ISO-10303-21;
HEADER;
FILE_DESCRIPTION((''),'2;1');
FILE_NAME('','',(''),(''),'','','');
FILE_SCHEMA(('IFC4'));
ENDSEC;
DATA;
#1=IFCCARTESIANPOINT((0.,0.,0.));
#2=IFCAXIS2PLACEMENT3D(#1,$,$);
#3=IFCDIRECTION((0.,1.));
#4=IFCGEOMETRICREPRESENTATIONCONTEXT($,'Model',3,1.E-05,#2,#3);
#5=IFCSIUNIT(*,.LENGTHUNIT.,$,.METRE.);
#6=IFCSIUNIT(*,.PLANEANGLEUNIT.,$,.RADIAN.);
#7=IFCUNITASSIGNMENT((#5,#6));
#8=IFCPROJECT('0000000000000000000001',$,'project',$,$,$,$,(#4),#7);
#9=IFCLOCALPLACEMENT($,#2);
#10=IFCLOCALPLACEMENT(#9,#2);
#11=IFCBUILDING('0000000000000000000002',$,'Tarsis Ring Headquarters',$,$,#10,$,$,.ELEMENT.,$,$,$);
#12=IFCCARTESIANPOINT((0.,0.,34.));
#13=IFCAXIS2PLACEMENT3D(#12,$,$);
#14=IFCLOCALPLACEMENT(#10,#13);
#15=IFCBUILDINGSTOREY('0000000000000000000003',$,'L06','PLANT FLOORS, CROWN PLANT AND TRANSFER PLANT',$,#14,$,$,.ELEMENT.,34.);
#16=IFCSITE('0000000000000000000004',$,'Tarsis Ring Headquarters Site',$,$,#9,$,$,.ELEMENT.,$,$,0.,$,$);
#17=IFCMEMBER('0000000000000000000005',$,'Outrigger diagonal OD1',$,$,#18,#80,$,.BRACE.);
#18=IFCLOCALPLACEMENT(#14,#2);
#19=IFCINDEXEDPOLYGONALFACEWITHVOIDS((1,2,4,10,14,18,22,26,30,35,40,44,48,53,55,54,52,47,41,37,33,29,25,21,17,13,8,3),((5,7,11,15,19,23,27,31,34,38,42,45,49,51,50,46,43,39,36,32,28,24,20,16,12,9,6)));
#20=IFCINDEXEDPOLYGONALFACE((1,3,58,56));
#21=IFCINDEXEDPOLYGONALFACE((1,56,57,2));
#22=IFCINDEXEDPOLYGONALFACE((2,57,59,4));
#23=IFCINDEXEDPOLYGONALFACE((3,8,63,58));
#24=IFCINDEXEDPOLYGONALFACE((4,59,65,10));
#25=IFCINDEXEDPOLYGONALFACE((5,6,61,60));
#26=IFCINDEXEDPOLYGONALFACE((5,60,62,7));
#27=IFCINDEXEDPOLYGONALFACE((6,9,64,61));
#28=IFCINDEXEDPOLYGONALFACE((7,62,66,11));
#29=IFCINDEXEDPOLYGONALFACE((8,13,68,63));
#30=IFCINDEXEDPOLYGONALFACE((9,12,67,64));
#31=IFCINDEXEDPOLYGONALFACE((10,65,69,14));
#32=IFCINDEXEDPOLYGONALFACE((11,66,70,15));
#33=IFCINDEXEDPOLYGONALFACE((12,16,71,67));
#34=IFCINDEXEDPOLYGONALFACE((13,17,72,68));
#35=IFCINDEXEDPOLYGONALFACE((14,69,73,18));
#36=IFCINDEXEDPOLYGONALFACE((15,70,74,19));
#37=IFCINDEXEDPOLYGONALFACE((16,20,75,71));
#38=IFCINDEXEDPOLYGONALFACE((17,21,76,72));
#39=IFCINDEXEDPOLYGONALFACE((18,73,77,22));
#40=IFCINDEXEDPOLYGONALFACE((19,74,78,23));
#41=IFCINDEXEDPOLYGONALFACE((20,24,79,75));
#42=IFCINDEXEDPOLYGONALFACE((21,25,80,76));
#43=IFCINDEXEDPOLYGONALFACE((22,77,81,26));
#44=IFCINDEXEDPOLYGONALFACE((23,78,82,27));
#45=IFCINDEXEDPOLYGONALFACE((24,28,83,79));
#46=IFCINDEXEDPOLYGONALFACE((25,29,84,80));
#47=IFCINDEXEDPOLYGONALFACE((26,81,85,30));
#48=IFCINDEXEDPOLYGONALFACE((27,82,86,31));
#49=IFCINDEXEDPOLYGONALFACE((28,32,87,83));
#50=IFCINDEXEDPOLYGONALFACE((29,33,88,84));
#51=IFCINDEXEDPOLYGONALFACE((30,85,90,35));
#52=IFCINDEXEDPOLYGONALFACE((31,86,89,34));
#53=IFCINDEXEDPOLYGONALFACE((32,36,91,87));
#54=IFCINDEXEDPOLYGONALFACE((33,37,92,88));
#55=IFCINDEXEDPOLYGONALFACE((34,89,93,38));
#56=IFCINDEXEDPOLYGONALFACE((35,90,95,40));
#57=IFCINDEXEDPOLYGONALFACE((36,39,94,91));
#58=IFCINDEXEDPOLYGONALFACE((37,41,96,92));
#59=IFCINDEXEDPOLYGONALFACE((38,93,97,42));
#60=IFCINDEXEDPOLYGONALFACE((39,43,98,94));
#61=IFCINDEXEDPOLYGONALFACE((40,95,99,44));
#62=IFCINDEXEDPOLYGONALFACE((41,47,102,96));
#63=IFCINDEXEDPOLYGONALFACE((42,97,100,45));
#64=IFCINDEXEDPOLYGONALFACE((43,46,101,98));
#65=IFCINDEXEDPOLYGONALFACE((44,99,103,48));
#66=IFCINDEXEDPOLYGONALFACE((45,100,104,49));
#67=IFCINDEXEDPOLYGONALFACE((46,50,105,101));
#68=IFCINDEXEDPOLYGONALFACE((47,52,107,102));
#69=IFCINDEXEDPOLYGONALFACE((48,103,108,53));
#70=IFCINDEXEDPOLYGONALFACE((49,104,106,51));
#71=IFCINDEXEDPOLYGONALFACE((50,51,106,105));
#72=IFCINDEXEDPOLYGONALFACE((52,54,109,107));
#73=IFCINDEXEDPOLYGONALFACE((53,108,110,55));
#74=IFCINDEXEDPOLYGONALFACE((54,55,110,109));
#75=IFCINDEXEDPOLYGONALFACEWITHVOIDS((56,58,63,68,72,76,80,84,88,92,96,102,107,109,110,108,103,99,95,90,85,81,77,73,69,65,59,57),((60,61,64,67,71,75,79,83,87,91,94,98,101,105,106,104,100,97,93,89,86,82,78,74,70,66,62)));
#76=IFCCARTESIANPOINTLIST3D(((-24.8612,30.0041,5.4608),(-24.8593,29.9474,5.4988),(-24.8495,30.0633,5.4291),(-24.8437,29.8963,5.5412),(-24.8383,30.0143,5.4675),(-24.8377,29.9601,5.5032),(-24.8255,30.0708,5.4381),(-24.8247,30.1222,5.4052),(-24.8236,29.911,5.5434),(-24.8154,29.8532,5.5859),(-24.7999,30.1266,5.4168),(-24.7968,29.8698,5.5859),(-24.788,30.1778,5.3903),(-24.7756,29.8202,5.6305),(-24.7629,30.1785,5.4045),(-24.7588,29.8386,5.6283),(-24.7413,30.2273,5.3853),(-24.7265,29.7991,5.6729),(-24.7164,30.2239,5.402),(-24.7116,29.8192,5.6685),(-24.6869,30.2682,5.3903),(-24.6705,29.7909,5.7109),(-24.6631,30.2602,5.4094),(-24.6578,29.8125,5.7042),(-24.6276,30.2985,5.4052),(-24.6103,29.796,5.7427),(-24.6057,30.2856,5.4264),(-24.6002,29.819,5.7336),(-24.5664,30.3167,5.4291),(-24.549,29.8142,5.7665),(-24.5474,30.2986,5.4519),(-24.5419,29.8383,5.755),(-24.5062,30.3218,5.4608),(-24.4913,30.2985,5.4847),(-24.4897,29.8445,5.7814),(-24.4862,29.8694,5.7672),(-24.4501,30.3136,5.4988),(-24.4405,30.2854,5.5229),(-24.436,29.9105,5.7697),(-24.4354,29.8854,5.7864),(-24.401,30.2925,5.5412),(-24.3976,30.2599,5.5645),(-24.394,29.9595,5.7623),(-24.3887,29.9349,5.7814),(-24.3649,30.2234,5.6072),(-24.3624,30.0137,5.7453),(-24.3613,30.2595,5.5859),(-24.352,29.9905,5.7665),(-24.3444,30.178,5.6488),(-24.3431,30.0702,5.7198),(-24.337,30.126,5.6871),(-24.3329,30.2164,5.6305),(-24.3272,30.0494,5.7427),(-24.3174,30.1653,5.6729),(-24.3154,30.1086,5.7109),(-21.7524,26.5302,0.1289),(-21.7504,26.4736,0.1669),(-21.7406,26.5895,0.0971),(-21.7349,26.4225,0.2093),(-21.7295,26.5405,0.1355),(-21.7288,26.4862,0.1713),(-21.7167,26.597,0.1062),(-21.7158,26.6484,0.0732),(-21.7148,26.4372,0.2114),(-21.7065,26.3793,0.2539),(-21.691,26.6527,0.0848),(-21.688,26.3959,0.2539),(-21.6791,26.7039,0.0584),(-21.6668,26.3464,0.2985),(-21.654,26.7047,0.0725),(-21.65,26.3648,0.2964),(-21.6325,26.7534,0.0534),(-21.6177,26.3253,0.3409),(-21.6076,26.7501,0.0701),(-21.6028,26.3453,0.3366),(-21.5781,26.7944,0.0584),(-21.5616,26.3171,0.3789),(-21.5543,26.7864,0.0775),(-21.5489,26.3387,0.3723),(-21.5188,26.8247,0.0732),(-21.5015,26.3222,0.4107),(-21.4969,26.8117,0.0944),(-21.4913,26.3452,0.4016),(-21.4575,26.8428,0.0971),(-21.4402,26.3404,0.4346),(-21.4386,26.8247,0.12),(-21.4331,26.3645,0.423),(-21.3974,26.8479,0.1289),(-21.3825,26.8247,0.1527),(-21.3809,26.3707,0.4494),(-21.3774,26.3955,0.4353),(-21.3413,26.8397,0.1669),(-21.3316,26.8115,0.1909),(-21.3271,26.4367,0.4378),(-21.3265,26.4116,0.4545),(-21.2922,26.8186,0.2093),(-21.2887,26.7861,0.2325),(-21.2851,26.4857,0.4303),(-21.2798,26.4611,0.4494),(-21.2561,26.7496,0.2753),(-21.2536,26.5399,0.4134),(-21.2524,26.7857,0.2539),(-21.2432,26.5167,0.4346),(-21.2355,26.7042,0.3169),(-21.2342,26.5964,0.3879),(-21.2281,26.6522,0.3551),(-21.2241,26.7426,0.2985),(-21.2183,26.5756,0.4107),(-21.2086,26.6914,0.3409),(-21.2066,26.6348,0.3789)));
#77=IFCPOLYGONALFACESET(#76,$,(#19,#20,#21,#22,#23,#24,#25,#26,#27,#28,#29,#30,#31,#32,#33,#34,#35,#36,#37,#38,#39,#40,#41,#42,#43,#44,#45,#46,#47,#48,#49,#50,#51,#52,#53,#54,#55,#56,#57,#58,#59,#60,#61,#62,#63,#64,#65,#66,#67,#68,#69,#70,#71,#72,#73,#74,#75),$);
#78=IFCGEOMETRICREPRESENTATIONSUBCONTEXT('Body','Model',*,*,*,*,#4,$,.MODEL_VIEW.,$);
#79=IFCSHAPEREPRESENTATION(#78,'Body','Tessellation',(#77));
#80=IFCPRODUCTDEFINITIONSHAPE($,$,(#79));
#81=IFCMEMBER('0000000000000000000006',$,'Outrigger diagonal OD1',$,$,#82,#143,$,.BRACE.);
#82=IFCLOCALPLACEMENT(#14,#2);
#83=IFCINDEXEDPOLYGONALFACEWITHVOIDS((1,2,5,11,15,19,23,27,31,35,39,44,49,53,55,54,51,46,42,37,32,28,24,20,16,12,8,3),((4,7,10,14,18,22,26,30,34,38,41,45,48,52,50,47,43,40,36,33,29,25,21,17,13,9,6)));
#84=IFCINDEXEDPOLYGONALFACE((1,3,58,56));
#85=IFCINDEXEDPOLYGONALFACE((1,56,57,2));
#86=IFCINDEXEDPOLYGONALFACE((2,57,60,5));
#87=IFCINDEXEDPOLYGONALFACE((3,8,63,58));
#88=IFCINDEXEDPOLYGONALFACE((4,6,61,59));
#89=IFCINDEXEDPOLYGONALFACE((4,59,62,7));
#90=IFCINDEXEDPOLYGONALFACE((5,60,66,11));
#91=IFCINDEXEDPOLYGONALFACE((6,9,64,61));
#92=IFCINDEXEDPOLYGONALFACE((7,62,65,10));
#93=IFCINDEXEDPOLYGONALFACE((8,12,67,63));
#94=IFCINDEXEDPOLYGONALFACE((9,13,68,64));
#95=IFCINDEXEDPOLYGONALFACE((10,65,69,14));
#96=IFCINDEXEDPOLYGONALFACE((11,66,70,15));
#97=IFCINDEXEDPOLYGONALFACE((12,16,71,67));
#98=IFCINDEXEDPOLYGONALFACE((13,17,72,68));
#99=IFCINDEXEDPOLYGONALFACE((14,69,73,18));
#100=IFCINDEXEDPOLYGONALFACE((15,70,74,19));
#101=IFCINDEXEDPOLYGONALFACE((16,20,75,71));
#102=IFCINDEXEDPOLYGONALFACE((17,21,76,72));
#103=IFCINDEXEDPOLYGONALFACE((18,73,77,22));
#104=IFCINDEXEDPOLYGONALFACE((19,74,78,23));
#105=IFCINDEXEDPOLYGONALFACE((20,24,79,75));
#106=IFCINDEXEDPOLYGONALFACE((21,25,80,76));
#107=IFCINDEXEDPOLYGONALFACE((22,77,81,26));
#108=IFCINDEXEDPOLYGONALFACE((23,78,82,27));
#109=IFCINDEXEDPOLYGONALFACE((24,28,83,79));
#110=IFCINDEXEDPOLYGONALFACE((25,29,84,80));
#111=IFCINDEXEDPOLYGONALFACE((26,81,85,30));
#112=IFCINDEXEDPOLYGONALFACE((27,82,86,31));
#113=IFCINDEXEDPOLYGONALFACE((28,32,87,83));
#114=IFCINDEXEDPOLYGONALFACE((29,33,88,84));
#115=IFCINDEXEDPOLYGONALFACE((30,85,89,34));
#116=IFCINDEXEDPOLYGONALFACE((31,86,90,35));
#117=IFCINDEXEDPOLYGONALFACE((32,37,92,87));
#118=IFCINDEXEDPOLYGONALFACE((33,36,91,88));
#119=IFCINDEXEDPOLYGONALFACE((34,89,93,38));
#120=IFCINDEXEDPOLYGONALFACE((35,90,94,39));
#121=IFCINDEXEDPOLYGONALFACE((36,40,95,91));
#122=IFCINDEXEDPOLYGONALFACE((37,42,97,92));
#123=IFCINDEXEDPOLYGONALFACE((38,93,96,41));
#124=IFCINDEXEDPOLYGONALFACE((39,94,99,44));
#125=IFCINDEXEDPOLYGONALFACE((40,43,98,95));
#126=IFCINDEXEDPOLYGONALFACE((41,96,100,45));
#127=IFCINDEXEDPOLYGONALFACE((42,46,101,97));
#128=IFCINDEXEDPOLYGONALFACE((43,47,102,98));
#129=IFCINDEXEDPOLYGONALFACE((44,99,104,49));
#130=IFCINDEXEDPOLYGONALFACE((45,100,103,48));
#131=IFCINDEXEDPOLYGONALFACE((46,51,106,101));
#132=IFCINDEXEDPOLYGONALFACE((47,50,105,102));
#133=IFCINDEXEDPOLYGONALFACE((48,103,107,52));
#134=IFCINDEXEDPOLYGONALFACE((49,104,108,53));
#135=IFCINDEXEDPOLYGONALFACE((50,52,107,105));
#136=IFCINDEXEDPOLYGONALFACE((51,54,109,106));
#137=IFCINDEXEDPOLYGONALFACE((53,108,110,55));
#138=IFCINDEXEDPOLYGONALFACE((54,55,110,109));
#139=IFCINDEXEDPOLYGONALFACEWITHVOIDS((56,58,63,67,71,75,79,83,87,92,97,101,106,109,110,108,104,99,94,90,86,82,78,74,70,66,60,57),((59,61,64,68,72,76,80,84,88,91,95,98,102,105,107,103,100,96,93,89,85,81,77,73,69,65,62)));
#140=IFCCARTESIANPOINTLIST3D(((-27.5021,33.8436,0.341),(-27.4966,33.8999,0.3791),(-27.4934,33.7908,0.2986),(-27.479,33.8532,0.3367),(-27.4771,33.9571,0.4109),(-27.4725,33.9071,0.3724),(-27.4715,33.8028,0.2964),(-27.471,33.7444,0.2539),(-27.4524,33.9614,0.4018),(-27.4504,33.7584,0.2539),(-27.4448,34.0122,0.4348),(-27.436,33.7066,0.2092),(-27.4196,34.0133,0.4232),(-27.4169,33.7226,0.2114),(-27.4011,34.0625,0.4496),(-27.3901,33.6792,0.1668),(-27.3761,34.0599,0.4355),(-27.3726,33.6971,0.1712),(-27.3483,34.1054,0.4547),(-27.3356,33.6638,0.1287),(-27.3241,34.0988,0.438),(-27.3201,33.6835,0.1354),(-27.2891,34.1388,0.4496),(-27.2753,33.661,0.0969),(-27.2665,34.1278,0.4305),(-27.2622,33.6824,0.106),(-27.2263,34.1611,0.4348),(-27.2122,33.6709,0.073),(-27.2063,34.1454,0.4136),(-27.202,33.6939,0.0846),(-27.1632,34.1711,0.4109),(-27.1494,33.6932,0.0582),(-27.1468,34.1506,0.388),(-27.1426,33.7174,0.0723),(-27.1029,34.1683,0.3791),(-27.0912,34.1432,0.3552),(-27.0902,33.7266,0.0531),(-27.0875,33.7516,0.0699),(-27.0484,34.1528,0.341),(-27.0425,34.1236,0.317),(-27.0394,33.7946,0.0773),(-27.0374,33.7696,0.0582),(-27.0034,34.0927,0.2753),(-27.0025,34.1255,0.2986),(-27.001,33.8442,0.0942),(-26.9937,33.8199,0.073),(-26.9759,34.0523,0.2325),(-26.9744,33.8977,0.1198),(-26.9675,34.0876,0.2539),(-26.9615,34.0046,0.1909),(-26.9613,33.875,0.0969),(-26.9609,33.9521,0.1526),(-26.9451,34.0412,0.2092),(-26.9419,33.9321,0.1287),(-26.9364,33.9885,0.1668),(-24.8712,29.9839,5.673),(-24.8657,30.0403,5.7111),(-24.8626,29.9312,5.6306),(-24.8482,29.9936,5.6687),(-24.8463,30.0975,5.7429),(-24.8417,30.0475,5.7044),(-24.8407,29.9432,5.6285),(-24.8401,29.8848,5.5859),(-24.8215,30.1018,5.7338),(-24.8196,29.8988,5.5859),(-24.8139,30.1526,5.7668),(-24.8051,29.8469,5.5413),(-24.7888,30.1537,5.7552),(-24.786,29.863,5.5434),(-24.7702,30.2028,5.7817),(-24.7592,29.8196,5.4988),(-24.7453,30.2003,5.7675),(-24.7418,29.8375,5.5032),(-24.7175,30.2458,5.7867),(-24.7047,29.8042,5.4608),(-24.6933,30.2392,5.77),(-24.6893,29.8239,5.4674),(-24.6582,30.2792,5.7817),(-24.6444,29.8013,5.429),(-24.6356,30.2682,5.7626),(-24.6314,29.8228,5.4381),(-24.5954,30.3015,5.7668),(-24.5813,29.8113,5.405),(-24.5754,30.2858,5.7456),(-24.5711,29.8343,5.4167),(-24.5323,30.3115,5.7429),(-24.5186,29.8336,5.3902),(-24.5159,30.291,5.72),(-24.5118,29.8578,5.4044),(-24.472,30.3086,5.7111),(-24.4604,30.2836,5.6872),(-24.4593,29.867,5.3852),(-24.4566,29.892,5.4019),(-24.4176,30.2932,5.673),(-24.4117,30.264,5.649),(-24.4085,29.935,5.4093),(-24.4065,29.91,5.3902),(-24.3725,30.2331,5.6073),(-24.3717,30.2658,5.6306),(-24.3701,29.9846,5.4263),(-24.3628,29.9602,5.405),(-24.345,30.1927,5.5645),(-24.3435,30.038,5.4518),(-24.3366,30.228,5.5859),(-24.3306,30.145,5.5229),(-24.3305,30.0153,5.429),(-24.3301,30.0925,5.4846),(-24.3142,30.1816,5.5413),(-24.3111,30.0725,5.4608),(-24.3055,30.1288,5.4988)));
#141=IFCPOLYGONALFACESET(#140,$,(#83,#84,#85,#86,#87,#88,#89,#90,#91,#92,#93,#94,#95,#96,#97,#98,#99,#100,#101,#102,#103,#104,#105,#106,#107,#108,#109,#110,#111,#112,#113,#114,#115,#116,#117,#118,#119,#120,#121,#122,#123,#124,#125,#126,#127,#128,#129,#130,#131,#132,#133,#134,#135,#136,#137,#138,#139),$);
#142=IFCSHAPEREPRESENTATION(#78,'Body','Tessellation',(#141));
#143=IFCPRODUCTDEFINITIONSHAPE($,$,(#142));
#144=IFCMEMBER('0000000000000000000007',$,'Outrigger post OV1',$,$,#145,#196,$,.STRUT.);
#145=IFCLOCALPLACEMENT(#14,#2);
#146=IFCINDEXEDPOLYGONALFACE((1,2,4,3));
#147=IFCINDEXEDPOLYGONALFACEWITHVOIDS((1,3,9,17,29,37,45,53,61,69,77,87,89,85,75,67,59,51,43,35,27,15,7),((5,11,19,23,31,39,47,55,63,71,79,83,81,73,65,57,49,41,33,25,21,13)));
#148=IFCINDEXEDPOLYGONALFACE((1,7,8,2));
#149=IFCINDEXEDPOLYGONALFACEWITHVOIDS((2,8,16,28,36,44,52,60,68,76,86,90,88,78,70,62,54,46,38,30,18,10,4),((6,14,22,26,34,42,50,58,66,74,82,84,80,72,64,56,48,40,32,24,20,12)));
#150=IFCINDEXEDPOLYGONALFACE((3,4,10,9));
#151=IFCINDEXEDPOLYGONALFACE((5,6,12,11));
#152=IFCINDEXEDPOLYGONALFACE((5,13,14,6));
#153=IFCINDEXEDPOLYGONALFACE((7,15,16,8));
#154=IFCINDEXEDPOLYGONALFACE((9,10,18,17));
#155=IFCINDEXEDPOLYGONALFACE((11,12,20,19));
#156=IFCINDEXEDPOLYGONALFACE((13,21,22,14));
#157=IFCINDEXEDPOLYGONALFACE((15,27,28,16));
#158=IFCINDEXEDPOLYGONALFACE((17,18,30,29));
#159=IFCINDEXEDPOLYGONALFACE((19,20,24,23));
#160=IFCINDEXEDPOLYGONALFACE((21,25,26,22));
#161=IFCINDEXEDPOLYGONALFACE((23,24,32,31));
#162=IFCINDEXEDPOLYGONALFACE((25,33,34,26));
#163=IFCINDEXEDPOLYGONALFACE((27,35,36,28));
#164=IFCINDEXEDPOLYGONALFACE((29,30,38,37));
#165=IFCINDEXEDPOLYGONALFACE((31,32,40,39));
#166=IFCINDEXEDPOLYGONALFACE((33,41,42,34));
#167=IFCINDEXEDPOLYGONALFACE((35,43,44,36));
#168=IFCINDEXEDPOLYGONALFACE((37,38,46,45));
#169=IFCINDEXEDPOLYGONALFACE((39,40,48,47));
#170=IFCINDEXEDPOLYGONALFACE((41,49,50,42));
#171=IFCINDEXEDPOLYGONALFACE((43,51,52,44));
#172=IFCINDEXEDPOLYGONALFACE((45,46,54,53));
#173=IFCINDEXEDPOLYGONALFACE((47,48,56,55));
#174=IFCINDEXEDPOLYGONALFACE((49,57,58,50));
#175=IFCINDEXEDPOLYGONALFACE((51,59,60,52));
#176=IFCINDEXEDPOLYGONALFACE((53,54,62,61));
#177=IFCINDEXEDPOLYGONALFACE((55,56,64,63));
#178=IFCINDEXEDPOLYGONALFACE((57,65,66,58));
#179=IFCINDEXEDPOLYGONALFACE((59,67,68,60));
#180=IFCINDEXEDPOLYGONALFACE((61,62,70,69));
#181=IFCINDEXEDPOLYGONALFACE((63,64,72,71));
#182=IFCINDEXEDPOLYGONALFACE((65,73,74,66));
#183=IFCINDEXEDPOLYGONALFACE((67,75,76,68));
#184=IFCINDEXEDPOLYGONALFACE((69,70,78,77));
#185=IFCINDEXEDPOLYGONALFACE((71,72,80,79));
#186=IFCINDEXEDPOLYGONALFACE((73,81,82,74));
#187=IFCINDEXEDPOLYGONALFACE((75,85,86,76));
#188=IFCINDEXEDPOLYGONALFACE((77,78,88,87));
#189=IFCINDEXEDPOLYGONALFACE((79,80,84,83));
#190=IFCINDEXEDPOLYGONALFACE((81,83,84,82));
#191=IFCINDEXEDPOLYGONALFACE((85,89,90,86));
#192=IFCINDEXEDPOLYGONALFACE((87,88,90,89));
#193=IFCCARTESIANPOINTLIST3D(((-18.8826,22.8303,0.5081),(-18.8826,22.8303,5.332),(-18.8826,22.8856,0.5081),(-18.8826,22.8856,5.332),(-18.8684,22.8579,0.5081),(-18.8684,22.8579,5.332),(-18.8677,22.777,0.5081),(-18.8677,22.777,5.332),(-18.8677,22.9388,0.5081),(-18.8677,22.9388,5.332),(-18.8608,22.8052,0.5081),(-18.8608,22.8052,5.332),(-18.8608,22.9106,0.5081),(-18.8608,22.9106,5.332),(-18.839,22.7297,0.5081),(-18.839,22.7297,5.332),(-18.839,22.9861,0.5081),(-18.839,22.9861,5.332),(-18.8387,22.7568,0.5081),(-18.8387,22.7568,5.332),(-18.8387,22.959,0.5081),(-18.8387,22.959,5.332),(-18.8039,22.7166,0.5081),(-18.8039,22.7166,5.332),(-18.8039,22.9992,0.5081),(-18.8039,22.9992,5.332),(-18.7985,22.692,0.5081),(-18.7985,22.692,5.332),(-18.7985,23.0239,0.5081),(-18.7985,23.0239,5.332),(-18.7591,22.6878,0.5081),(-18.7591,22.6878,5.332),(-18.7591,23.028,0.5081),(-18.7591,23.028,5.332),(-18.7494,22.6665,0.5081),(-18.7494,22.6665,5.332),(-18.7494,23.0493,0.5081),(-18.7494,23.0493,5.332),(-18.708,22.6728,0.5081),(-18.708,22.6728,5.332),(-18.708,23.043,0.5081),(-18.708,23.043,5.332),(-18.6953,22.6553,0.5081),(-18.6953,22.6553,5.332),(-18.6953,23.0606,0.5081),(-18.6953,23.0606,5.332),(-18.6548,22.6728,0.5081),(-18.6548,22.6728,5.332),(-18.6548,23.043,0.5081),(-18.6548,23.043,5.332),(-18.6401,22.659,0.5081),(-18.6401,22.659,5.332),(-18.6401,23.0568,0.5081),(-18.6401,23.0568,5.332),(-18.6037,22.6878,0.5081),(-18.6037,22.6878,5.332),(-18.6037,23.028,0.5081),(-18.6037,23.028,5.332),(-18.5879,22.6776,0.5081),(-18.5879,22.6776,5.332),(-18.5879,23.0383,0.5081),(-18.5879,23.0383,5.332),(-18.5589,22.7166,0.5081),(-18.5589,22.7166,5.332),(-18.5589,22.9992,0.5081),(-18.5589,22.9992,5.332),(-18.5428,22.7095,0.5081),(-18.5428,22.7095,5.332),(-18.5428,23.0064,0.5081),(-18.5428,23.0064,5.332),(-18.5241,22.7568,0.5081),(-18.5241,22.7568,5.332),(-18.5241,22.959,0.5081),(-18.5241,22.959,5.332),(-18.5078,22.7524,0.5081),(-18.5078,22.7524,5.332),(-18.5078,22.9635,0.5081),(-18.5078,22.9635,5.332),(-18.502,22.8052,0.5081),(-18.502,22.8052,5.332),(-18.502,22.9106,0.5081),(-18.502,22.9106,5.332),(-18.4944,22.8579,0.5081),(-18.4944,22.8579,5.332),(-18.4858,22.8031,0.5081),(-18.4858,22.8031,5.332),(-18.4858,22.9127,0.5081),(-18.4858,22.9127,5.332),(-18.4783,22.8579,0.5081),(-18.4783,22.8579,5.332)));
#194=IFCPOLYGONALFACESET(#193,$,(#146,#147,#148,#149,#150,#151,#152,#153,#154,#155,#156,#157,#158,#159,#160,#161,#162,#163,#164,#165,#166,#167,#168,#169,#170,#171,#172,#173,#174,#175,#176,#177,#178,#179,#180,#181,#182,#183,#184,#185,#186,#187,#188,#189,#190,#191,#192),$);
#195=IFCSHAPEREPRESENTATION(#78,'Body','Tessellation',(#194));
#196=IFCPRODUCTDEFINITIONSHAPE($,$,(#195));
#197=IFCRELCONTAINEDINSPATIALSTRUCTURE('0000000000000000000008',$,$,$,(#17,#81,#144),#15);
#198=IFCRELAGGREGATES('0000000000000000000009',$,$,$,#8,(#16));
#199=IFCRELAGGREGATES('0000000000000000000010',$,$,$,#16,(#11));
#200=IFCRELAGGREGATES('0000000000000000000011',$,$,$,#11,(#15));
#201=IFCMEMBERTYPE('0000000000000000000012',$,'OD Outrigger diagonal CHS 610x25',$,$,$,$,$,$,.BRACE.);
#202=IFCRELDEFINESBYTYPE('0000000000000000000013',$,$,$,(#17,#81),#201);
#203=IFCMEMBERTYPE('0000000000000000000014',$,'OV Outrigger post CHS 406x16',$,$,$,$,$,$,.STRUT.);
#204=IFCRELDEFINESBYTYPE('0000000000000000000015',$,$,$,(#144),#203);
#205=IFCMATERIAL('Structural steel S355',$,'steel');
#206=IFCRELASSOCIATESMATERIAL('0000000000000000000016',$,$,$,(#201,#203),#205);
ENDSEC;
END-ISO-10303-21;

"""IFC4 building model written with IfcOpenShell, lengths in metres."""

from ifc_helpers import new_model, si_unit, direction, frame, origin, origin_2d, place, context, subcontext, project, spatial, hollow_circle, extrude, material, material_profile, profile_set, type_object, element, save


model = new_model("IFC4")

# Units and contexts
model_context = context("Model", 3, precision=1e-05, world=origin(), true_north=direction((0.0, 1.0)))
body_context = subcontext(model_context, "Body", "Model", "MODEL_VIEW")
ifc_project = project(units=[si_unit("LENGTHUNIT", "METRE"), si_unit("PLANEANGLEUNIT", "RADIAN")], contexts=[model_context])

# Site, building, storey
site_placement = place(None, origin())
site = spatial("IfcSite", under=ifc_project, at=site_placement, Name="Tarsis Ring Headquarters Site", CompositionType="ELEMENT", RefElevation=0.0)
building_placement = place(site_placement, origin())
building = spatial("IfcBuilding", under=site, at=building_placement, Name="Tarsis Ring Headquarters", CompositionType="ELEMENT")
storey_placement = place(building_placement, frame((0.0, 0.0, 34.0)))
storey = spatial("IfcBuildingStorey", under=building, at=storey_placement, Name="L06", Description="PLANT FLOORS, CROWN PLANT AND TRANSFER PLANT", CompositionType="ELEMENT", Elevation=34.0)

# Members
ifc_material_1 = material(Name="Structural steel S355", Category="steel")
ifc_material_profile_1 = material_profile(ifc_material_1, hollow_circle(Radius=0.3047, WallThickness=0.0249, at=origin_2d()), Name="CHS 610x25")
ifc_profile_set_1 = profile_set([ifc_material_profile_1], Name="Structural steel S355")
member_type_1 = type_object("IfcMemberType", Name="OD Outrigger diagonal CHS 610x25", PredefinedType="BRACE", material=ifc_profile_set_1)
member_1_placement = place(storey_placement, frame((-21.4795, 26.5825, 0.2539), z_axis=(-0.438946, 0.490479, 0.752833), x_axis=(-0.745169, -0.666876, 0.0)))
element("IfcMember", 1, at=member_1_placement, inside=storey, type_object=member_type_1, Name="Outrigger diagonal OD1", PredefinedType="BRACE", context=body_context, shape_type="SweptSolid", body=[
    extrude(hollow_circle(Radius=0.3047, WallThickness=0.0249, at=origin_2d()), origin(), (0.0, 0.0, 1.0), 7.0825),
])
member_2_placement = place(storey_placement, frame((-24.5884, 30.0564, 5.5859), z_axis=(-0.371138, 0.54448, -0.752195), x_axis=(-0.826297, -0.563235, 0.0)))
element("IfcMember", 2, at=member_2_placement, inside=storey, type_object=member_type_1, Name="Outrigger diagonal OD1", PredefinedType="BRACE", context=body_context, shape_type="SweptSolid", body=[
    extrude(hollow_circle(Radius=0.3047, WallThickness=0.0249, at=origin_2d()), origin(), (0.0, 0.0, 1.0), 7.0886),
])
ifc_material_profile_2 = material_profile(ifc_material_1, hollow_circle(Radius=0.2031, WallThickness=0.0161, at=origin_2d()), Name="CHS 406x16")
ifc_profile_set_2 = profile_set([ifc_material_profile_2], Name="Structural steel S355")
member_type_2 = type_object("IfcMemberType", Name="OV Outrigger post CHS 406x16", PredefinedType="STRUT", material=ifc_profile_set_2)
for number, where, z_axis, x_axis, name in (
    (3, (-18.6814, 22.8579, 0.5081), (0.0, 0.0, 1.0), (1.0, 0.0, 0.0), "Outrigger post OV1"),
):
    element("IfcMember", number, at=place(storey_placement, frame(where, z_axis=z_axis, x_axis=x_axis)), inside=storey, type_object=member_type_2, Name=name, PredefinedType="STRUT", context=body_context, shape_type="SweptSolid", body=[
        extrude(hollow_circle(Radius=0.2031, WallThickness=0.0161, at=origin_2d()), origin(), (0.0, 0.0, 1.0), 4.824),
    ])

save(model, "model.ifc")
